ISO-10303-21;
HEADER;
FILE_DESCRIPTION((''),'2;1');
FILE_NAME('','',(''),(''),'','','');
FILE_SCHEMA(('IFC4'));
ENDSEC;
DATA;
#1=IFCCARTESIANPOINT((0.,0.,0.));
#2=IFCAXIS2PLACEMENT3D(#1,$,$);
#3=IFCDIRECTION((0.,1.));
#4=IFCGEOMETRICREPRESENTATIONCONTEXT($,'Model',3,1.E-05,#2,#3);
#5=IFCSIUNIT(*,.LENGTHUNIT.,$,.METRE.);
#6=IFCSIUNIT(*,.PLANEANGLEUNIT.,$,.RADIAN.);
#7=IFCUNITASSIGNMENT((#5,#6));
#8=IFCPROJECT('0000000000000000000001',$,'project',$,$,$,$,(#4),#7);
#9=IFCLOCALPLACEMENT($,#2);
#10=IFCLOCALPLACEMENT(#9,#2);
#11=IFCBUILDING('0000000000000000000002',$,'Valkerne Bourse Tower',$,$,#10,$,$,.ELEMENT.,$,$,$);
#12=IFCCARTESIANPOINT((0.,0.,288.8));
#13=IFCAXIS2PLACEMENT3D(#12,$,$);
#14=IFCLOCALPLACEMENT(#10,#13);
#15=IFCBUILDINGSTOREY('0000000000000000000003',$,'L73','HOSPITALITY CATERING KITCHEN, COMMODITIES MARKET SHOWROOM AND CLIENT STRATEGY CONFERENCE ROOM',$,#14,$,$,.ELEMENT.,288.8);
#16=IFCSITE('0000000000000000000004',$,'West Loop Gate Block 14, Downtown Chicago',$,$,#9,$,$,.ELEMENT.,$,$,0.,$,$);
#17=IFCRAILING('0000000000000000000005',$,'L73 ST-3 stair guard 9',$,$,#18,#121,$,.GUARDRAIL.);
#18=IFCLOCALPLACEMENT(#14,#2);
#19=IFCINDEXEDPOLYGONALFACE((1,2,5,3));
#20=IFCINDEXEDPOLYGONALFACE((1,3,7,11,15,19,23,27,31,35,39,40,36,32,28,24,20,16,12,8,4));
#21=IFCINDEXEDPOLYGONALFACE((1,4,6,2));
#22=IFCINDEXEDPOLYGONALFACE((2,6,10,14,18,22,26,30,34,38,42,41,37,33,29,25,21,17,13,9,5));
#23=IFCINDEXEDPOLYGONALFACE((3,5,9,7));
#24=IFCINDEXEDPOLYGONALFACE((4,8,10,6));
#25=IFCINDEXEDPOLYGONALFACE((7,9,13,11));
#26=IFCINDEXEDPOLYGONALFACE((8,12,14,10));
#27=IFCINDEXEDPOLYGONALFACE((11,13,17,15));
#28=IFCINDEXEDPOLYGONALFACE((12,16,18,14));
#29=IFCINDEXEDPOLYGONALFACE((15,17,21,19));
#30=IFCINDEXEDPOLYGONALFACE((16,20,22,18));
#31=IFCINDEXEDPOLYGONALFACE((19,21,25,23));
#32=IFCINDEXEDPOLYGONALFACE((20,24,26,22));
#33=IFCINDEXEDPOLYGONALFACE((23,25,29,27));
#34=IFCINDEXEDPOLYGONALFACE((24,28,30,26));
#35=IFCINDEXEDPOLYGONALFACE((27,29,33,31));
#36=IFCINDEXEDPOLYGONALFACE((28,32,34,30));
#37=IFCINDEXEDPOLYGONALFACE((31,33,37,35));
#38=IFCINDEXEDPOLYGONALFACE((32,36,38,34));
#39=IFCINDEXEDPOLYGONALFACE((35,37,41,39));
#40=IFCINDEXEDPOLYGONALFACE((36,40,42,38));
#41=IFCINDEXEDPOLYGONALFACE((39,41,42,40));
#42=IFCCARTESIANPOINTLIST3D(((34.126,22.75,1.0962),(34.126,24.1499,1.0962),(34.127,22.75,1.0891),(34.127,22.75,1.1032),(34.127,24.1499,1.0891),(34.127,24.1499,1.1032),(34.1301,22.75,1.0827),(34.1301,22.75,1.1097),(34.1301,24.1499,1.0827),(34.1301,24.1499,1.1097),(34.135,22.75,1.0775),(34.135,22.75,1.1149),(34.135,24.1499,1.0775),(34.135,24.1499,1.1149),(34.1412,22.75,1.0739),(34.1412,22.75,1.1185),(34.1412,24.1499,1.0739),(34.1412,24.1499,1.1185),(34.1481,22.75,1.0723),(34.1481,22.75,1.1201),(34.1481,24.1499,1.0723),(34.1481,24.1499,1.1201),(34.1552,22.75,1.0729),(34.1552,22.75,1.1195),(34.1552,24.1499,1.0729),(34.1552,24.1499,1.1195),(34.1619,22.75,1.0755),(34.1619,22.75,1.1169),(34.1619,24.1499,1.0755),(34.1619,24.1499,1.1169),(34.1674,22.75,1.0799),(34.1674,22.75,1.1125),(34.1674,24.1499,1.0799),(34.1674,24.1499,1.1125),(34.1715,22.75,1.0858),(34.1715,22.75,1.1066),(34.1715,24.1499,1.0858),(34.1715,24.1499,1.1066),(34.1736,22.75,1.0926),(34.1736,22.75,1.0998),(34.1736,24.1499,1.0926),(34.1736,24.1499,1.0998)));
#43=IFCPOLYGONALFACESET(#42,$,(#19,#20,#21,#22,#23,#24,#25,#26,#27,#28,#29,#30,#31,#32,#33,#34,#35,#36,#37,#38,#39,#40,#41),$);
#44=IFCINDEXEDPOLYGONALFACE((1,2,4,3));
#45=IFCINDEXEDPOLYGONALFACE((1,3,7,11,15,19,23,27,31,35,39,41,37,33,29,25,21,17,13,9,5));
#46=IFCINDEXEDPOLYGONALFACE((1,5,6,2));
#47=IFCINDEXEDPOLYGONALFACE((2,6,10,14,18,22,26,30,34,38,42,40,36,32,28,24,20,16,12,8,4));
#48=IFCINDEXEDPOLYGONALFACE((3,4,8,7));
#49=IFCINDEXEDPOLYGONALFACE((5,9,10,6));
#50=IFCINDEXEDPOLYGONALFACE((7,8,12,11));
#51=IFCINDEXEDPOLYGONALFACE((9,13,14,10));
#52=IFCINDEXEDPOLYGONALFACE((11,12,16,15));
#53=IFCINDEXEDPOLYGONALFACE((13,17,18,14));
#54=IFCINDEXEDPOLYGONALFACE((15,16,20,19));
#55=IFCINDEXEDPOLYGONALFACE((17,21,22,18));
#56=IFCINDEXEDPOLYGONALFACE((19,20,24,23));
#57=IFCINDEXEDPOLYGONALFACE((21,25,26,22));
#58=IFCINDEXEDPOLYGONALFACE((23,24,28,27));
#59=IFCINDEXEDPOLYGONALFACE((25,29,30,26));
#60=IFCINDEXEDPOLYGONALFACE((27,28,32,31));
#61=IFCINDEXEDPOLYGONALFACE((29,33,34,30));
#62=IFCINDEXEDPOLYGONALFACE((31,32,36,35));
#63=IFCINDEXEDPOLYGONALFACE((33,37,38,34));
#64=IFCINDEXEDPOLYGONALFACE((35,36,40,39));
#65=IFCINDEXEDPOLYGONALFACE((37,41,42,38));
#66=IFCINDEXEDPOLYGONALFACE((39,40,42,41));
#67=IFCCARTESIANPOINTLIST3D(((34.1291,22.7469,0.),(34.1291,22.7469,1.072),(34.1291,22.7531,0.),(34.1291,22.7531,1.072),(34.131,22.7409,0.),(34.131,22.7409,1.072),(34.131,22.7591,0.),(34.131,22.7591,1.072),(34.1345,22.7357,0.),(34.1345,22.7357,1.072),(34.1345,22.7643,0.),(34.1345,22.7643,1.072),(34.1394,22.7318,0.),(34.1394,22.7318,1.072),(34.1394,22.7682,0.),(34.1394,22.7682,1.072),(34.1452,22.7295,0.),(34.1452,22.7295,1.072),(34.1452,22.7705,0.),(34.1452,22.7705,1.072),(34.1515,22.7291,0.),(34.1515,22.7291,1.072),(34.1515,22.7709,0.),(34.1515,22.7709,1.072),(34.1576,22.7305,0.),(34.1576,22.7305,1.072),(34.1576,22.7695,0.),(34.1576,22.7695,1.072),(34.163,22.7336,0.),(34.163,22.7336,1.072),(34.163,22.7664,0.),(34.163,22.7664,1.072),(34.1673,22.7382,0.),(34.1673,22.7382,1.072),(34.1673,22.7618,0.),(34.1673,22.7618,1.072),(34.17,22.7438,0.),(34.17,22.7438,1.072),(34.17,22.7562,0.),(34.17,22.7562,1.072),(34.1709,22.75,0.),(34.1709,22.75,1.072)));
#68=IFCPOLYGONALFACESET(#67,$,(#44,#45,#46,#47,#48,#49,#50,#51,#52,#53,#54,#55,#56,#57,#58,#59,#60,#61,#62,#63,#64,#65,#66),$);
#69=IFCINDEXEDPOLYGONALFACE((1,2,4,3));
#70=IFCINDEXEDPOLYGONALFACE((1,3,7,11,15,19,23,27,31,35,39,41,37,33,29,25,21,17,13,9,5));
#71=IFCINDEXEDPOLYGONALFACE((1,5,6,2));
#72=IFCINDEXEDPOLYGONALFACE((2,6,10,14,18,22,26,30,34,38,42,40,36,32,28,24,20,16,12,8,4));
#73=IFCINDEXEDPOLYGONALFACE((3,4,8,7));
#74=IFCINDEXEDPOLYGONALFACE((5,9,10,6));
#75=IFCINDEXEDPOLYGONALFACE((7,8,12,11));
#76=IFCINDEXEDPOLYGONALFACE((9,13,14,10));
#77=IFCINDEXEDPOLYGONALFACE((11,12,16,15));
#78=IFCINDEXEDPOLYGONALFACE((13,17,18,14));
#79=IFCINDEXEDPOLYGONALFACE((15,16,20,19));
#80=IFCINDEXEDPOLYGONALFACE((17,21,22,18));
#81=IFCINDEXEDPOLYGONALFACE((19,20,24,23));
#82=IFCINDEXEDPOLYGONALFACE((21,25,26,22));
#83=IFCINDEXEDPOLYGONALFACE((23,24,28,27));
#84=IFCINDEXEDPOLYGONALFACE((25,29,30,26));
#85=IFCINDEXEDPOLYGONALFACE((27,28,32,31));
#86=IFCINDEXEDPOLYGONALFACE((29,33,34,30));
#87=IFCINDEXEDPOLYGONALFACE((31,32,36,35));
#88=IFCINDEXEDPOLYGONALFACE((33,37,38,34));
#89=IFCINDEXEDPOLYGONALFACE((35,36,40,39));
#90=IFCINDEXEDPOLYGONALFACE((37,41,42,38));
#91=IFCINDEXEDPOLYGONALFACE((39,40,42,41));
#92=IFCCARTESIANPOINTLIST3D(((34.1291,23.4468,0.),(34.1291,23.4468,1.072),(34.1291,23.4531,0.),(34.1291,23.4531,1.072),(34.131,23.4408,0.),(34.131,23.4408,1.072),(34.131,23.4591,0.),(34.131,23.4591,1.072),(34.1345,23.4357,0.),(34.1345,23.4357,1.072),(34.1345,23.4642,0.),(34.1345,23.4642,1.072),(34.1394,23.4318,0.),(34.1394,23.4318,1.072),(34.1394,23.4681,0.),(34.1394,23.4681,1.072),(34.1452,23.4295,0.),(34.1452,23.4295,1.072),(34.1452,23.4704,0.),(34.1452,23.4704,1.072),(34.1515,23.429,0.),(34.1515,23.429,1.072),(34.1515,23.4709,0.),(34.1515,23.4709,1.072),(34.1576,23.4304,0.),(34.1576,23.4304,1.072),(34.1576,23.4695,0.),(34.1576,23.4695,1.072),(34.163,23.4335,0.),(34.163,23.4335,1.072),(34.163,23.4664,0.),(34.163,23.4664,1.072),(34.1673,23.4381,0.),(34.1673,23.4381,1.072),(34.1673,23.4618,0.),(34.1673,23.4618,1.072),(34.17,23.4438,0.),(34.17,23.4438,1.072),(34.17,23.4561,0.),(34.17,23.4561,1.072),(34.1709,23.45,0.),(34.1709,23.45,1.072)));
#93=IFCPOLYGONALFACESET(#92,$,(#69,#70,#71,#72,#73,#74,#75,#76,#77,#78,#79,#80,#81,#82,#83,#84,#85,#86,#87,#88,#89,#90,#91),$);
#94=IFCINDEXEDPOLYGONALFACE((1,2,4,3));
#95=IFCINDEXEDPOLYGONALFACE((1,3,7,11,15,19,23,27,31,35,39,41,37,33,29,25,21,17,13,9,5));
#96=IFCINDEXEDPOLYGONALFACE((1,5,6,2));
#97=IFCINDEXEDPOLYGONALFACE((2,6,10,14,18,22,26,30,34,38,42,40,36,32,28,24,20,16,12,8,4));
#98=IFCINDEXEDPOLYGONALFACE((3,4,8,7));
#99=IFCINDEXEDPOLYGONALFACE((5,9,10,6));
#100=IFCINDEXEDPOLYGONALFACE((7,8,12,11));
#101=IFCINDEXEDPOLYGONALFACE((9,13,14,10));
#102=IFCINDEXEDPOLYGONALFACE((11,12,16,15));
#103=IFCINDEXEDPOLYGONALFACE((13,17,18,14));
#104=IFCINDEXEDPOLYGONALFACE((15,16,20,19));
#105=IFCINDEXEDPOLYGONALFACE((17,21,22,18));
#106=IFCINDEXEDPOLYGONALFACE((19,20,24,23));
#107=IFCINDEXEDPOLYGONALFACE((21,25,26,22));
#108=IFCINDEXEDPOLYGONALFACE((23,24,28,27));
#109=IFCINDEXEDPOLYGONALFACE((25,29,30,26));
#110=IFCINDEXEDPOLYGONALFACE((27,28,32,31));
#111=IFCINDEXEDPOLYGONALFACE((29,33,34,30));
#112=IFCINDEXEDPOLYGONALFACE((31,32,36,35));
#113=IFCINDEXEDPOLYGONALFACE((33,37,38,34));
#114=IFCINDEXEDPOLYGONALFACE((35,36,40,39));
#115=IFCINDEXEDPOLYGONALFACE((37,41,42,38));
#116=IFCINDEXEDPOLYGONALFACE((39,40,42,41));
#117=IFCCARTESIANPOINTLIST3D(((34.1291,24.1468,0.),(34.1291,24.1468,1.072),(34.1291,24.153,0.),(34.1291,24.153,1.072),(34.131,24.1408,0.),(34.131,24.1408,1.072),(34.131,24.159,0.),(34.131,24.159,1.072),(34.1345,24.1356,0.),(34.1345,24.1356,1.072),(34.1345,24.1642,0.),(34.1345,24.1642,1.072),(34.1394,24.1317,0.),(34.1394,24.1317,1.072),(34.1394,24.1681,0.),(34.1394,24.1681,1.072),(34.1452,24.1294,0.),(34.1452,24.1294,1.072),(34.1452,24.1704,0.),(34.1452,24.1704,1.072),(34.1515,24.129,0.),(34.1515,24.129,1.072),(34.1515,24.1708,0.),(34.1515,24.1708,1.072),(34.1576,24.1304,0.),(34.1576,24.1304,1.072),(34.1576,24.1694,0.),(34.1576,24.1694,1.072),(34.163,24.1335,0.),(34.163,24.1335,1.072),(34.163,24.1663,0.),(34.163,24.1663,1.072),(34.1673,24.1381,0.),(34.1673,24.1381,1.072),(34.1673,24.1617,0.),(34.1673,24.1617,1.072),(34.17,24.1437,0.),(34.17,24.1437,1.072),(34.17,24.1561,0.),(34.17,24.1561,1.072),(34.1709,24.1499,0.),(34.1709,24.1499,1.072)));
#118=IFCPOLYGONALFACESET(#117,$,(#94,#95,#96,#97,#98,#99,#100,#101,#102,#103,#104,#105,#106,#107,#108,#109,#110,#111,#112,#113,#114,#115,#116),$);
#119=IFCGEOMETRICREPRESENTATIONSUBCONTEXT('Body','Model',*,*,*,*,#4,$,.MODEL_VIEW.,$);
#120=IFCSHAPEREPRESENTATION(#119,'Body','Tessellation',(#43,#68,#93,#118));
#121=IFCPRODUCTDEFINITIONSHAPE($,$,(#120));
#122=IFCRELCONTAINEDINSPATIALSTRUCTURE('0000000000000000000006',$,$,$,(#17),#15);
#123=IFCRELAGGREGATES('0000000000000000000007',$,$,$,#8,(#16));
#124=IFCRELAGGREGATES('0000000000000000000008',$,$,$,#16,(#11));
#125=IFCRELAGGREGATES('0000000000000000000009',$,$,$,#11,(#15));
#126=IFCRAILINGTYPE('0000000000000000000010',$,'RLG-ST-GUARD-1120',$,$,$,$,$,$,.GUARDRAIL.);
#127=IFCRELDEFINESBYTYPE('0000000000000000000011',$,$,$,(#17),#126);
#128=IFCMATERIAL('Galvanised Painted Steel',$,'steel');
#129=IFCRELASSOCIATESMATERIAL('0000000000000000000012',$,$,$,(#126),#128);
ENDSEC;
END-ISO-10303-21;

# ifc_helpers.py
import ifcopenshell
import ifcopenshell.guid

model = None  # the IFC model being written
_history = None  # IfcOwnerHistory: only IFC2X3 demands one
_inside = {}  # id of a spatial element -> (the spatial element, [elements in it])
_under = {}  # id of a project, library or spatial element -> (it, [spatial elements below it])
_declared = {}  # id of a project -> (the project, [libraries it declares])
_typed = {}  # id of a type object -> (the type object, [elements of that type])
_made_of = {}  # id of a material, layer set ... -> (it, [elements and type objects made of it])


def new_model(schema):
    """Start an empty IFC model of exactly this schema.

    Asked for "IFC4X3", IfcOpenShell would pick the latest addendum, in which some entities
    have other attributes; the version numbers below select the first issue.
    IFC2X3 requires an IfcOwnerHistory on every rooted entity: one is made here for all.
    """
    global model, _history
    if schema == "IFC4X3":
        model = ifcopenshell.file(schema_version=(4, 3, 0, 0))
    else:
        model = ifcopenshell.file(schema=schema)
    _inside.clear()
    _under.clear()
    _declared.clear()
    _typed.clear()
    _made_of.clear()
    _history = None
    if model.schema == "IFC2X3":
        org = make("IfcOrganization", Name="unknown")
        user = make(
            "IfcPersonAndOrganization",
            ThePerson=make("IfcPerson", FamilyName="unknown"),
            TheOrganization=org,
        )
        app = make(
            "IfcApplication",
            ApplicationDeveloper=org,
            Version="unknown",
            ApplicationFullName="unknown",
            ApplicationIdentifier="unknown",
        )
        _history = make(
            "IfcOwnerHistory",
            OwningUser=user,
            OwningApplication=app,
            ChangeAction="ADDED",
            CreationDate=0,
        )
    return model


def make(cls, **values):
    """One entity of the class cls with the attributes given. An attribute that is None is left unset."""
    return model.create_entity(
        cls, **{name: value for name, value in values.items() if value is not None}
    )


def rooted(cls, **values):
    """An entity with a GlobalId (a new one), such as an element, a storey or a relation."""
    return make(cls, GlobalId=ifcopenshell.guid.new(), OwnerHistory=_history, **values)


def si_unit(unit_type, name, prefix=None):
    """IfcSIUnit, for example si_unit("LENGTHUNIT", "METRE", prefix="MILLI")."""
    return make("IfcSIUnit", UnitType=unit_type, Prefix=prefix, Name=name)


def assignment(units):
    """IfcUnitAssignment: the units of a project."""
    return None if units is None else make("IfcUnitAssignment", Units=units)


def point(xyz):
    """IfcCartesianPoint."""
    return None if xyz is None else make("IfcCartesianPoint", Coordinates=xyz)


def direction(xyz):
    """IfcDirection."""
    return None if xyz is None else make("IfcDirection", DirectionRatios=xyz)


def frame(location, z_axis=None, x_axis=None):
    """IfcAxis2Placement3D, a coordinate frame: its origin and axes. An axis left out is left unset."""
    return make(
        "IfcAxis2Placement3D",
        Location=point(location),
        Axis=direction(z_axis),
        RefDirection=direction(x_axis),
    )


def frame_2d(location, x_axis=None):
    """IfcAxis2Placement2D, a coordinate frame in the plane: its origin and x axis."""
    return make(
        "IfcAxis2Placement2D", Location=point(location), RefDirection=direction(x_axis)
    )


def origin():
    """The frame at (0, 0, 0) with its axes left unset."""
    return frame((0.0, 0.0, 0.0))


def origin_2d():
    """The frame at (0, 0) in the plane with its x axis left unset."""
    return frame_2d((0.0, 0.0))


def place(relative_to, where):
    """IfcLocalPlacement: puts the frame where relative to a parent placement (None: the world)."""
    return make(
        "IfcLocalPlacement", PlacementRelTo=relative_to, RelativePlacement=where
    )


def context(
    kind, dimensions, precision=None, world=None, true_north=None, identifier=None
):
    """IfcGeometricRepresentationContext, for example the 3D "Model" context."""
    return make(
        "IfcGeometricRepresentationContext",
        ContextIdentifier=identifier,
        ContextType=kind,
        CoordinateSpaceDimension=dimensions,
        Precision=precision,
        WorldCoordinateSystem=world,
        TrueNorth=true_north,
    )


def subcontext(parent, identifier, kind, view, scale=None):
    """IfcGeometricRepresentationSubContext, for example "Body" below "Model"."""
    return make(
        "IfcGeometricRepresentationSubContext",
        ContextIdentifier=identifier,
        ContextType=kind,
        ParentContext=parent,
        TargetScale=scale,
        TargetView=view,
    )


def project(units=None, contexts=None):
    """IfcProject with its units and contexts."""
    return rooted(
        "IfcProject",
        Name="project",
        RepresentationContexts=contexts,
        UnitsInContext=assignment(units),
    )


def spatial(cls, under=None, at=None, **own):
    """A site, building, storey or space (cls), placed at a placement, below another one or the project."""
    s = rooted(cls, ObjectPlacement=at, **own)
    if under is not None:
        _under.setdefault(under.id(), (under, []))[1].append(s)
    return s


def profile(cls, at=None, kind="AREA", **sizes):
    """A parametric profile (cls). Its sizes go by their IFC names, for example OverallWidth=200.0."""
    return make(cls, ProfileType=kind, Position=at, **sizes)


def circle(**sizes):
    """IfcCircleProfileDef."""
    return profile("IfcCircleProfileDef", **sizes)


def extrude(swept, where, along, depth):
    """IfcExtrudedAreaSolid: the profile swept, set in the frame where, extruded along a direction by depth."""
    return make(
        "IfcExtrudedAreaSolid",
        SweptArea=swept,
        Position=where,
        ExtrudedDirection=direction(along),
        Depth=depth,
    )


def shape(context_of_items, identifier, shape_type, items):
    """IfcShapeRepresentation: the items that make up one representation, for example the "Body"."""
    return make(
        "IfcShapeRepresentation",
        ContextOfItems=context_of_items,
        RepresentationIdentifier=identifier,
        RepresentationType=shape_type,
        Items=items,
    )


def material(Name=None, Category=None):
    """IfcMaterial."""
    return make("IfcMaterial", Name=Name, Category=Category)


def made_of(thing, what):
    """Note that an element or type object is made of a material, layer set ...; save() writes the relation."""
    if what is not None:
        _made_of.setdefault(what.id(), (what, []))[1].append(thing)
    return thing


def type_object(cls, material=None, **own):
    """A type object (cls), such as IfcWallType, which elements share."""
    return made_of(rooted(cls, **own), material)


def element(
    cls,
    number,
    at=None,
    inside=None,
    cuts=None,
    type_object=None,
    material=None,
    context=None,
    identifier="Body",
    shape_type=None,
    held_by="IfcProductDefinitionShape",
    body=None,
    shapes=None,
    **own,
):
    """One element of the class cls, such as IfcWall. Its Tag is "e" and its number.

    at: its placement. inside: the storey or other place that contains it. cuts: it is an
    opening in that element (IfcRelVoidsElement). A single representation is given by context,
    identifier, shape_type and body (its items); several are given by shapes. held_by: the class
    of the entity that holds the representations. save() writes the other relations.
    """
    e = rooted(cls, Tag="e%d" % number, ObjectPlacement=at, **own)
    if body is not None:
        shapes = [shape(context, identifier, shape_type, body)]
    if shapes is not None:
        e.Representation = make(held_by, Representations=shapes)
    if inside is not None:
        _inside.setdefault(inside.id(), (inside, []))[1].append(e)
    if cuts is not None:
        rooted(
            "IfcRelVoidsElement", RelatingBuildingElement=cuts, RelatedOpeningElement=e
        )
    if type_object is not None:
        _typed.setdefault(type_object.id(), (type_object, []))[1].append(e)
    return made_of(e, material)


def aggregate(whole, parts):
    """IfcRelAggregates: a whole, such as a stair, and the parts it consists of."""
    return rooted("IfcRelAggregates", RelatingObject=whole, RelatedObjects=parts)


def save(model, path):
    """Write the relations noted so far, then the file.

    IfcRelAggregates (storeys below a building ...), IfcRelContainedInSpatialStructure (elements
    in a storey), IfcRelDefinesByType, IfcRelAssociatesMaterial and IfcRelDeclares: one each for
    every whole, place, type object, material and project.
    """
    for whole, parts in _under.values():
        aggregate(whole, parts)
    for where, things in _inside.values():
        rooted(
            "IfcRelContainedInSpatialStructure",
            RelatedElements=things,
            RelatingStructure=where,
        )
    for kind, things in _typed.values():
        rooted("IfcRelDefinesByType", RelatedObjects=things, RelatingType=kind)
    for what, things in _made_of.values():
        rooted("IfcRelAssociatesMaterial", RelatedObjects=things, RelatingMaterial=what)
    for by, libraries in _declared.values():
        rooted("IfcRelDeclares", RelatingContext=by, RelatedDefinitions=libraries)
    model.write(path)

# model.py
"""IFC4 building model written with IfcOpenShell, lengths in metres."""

from ifc_helpers import new_model, si_unit, direction, frame, origin, origin_2d, place, context, subcontext, project, spatial, circle, extrude, material, type_object, element, save


model = new_model("IFC4")

# Units and contexts
model_context = context("Model", 3, precision=1e-05, world=origin(), true_north=direction((0.0, 1.0)))
body_context = subcontext(model_context, "Body", "Model", "MODEL_VIEW")
ifc_project = project(units=[si_unit("LENGTHUNIT", "METRE"), si_unit("PLANEANGLEUNIT", "RADIAN")], contexts=[model_context])

# Site, building, storey
site_placement = place(None, origin())
site = spatial("IfcSite", under=ifc_project, at=site_placement, Name="West Loop Gate Block 14, Downtown Chicago", CompositionType="ELEMENT", RefElevation=0.0)
building_placement = place(site_placement, origin())
building = spatial("IfcBuilding", under=site, at=building_placement, Name="Valkerne Bourse Tower", CompositionType="ELEMENT")
storey_placement = place(building_placement, frame((0.0, 0.0, 288.8)))
storey = spatial("IfcBuildingStorey", under=building, at=storey_placement, Name="L73", Description="HOSPITALITY CATERING KITCHEN, COMMODITIES MARKET SHOWROOM AND CLIENT STRATEGY CONFERENCE ROOM", CompositionType="ELEMENT", Elevation=288.8)

# Shared definitions
ifc_material_1 = material(Name="Galvanised Painted Steel", Category="steel")

# Railing
railing_type_1 = type_object("IfcRailingType", Name="RLG-ST-GUARD-1120", PredefinedType="GUARDRAIL", material=ifc_material_1)
for number, where, name in (
    (1, (34.1499, 22.75, 0.0), "L73 ST-3 stair guard 9"),
):
    element("IfcRailing", number, at=place(storey_placement, frame(where)), inside=storey, type_object=railing_type_1, Name=name, PredefinedType="GUARDRAIL", context=body_context, shape_type="SweptSolid", body=[
        extrude(circle(Radius=0.0239, at=origin_2d()), frame((0.0, 0.0, 1.0962), z_axis=(0.0, 1.0, 0.0), x_axis=(-1.0, 0.0, 0.0)), (0.0, 0.0, 1.0), 1.3999),
        extrude(circle(Radius=0.021, at=origin_2d()), origin(), (0.0, 0.0, 1.0), 1.072),
        extrude(circle(Radius=0.021, at=origin_2d()), frame((0.0, 0.7, 0.0)), (0.0, 0.0, 1.0), 1.072),
        extrude(circle(Radius=0.021, at=origin_2d()), frame((0.0, 1.3999, 0.0)), (0.0, 0.0, 1.0), 1.072),
    ])

save(model, "model.ifc")
